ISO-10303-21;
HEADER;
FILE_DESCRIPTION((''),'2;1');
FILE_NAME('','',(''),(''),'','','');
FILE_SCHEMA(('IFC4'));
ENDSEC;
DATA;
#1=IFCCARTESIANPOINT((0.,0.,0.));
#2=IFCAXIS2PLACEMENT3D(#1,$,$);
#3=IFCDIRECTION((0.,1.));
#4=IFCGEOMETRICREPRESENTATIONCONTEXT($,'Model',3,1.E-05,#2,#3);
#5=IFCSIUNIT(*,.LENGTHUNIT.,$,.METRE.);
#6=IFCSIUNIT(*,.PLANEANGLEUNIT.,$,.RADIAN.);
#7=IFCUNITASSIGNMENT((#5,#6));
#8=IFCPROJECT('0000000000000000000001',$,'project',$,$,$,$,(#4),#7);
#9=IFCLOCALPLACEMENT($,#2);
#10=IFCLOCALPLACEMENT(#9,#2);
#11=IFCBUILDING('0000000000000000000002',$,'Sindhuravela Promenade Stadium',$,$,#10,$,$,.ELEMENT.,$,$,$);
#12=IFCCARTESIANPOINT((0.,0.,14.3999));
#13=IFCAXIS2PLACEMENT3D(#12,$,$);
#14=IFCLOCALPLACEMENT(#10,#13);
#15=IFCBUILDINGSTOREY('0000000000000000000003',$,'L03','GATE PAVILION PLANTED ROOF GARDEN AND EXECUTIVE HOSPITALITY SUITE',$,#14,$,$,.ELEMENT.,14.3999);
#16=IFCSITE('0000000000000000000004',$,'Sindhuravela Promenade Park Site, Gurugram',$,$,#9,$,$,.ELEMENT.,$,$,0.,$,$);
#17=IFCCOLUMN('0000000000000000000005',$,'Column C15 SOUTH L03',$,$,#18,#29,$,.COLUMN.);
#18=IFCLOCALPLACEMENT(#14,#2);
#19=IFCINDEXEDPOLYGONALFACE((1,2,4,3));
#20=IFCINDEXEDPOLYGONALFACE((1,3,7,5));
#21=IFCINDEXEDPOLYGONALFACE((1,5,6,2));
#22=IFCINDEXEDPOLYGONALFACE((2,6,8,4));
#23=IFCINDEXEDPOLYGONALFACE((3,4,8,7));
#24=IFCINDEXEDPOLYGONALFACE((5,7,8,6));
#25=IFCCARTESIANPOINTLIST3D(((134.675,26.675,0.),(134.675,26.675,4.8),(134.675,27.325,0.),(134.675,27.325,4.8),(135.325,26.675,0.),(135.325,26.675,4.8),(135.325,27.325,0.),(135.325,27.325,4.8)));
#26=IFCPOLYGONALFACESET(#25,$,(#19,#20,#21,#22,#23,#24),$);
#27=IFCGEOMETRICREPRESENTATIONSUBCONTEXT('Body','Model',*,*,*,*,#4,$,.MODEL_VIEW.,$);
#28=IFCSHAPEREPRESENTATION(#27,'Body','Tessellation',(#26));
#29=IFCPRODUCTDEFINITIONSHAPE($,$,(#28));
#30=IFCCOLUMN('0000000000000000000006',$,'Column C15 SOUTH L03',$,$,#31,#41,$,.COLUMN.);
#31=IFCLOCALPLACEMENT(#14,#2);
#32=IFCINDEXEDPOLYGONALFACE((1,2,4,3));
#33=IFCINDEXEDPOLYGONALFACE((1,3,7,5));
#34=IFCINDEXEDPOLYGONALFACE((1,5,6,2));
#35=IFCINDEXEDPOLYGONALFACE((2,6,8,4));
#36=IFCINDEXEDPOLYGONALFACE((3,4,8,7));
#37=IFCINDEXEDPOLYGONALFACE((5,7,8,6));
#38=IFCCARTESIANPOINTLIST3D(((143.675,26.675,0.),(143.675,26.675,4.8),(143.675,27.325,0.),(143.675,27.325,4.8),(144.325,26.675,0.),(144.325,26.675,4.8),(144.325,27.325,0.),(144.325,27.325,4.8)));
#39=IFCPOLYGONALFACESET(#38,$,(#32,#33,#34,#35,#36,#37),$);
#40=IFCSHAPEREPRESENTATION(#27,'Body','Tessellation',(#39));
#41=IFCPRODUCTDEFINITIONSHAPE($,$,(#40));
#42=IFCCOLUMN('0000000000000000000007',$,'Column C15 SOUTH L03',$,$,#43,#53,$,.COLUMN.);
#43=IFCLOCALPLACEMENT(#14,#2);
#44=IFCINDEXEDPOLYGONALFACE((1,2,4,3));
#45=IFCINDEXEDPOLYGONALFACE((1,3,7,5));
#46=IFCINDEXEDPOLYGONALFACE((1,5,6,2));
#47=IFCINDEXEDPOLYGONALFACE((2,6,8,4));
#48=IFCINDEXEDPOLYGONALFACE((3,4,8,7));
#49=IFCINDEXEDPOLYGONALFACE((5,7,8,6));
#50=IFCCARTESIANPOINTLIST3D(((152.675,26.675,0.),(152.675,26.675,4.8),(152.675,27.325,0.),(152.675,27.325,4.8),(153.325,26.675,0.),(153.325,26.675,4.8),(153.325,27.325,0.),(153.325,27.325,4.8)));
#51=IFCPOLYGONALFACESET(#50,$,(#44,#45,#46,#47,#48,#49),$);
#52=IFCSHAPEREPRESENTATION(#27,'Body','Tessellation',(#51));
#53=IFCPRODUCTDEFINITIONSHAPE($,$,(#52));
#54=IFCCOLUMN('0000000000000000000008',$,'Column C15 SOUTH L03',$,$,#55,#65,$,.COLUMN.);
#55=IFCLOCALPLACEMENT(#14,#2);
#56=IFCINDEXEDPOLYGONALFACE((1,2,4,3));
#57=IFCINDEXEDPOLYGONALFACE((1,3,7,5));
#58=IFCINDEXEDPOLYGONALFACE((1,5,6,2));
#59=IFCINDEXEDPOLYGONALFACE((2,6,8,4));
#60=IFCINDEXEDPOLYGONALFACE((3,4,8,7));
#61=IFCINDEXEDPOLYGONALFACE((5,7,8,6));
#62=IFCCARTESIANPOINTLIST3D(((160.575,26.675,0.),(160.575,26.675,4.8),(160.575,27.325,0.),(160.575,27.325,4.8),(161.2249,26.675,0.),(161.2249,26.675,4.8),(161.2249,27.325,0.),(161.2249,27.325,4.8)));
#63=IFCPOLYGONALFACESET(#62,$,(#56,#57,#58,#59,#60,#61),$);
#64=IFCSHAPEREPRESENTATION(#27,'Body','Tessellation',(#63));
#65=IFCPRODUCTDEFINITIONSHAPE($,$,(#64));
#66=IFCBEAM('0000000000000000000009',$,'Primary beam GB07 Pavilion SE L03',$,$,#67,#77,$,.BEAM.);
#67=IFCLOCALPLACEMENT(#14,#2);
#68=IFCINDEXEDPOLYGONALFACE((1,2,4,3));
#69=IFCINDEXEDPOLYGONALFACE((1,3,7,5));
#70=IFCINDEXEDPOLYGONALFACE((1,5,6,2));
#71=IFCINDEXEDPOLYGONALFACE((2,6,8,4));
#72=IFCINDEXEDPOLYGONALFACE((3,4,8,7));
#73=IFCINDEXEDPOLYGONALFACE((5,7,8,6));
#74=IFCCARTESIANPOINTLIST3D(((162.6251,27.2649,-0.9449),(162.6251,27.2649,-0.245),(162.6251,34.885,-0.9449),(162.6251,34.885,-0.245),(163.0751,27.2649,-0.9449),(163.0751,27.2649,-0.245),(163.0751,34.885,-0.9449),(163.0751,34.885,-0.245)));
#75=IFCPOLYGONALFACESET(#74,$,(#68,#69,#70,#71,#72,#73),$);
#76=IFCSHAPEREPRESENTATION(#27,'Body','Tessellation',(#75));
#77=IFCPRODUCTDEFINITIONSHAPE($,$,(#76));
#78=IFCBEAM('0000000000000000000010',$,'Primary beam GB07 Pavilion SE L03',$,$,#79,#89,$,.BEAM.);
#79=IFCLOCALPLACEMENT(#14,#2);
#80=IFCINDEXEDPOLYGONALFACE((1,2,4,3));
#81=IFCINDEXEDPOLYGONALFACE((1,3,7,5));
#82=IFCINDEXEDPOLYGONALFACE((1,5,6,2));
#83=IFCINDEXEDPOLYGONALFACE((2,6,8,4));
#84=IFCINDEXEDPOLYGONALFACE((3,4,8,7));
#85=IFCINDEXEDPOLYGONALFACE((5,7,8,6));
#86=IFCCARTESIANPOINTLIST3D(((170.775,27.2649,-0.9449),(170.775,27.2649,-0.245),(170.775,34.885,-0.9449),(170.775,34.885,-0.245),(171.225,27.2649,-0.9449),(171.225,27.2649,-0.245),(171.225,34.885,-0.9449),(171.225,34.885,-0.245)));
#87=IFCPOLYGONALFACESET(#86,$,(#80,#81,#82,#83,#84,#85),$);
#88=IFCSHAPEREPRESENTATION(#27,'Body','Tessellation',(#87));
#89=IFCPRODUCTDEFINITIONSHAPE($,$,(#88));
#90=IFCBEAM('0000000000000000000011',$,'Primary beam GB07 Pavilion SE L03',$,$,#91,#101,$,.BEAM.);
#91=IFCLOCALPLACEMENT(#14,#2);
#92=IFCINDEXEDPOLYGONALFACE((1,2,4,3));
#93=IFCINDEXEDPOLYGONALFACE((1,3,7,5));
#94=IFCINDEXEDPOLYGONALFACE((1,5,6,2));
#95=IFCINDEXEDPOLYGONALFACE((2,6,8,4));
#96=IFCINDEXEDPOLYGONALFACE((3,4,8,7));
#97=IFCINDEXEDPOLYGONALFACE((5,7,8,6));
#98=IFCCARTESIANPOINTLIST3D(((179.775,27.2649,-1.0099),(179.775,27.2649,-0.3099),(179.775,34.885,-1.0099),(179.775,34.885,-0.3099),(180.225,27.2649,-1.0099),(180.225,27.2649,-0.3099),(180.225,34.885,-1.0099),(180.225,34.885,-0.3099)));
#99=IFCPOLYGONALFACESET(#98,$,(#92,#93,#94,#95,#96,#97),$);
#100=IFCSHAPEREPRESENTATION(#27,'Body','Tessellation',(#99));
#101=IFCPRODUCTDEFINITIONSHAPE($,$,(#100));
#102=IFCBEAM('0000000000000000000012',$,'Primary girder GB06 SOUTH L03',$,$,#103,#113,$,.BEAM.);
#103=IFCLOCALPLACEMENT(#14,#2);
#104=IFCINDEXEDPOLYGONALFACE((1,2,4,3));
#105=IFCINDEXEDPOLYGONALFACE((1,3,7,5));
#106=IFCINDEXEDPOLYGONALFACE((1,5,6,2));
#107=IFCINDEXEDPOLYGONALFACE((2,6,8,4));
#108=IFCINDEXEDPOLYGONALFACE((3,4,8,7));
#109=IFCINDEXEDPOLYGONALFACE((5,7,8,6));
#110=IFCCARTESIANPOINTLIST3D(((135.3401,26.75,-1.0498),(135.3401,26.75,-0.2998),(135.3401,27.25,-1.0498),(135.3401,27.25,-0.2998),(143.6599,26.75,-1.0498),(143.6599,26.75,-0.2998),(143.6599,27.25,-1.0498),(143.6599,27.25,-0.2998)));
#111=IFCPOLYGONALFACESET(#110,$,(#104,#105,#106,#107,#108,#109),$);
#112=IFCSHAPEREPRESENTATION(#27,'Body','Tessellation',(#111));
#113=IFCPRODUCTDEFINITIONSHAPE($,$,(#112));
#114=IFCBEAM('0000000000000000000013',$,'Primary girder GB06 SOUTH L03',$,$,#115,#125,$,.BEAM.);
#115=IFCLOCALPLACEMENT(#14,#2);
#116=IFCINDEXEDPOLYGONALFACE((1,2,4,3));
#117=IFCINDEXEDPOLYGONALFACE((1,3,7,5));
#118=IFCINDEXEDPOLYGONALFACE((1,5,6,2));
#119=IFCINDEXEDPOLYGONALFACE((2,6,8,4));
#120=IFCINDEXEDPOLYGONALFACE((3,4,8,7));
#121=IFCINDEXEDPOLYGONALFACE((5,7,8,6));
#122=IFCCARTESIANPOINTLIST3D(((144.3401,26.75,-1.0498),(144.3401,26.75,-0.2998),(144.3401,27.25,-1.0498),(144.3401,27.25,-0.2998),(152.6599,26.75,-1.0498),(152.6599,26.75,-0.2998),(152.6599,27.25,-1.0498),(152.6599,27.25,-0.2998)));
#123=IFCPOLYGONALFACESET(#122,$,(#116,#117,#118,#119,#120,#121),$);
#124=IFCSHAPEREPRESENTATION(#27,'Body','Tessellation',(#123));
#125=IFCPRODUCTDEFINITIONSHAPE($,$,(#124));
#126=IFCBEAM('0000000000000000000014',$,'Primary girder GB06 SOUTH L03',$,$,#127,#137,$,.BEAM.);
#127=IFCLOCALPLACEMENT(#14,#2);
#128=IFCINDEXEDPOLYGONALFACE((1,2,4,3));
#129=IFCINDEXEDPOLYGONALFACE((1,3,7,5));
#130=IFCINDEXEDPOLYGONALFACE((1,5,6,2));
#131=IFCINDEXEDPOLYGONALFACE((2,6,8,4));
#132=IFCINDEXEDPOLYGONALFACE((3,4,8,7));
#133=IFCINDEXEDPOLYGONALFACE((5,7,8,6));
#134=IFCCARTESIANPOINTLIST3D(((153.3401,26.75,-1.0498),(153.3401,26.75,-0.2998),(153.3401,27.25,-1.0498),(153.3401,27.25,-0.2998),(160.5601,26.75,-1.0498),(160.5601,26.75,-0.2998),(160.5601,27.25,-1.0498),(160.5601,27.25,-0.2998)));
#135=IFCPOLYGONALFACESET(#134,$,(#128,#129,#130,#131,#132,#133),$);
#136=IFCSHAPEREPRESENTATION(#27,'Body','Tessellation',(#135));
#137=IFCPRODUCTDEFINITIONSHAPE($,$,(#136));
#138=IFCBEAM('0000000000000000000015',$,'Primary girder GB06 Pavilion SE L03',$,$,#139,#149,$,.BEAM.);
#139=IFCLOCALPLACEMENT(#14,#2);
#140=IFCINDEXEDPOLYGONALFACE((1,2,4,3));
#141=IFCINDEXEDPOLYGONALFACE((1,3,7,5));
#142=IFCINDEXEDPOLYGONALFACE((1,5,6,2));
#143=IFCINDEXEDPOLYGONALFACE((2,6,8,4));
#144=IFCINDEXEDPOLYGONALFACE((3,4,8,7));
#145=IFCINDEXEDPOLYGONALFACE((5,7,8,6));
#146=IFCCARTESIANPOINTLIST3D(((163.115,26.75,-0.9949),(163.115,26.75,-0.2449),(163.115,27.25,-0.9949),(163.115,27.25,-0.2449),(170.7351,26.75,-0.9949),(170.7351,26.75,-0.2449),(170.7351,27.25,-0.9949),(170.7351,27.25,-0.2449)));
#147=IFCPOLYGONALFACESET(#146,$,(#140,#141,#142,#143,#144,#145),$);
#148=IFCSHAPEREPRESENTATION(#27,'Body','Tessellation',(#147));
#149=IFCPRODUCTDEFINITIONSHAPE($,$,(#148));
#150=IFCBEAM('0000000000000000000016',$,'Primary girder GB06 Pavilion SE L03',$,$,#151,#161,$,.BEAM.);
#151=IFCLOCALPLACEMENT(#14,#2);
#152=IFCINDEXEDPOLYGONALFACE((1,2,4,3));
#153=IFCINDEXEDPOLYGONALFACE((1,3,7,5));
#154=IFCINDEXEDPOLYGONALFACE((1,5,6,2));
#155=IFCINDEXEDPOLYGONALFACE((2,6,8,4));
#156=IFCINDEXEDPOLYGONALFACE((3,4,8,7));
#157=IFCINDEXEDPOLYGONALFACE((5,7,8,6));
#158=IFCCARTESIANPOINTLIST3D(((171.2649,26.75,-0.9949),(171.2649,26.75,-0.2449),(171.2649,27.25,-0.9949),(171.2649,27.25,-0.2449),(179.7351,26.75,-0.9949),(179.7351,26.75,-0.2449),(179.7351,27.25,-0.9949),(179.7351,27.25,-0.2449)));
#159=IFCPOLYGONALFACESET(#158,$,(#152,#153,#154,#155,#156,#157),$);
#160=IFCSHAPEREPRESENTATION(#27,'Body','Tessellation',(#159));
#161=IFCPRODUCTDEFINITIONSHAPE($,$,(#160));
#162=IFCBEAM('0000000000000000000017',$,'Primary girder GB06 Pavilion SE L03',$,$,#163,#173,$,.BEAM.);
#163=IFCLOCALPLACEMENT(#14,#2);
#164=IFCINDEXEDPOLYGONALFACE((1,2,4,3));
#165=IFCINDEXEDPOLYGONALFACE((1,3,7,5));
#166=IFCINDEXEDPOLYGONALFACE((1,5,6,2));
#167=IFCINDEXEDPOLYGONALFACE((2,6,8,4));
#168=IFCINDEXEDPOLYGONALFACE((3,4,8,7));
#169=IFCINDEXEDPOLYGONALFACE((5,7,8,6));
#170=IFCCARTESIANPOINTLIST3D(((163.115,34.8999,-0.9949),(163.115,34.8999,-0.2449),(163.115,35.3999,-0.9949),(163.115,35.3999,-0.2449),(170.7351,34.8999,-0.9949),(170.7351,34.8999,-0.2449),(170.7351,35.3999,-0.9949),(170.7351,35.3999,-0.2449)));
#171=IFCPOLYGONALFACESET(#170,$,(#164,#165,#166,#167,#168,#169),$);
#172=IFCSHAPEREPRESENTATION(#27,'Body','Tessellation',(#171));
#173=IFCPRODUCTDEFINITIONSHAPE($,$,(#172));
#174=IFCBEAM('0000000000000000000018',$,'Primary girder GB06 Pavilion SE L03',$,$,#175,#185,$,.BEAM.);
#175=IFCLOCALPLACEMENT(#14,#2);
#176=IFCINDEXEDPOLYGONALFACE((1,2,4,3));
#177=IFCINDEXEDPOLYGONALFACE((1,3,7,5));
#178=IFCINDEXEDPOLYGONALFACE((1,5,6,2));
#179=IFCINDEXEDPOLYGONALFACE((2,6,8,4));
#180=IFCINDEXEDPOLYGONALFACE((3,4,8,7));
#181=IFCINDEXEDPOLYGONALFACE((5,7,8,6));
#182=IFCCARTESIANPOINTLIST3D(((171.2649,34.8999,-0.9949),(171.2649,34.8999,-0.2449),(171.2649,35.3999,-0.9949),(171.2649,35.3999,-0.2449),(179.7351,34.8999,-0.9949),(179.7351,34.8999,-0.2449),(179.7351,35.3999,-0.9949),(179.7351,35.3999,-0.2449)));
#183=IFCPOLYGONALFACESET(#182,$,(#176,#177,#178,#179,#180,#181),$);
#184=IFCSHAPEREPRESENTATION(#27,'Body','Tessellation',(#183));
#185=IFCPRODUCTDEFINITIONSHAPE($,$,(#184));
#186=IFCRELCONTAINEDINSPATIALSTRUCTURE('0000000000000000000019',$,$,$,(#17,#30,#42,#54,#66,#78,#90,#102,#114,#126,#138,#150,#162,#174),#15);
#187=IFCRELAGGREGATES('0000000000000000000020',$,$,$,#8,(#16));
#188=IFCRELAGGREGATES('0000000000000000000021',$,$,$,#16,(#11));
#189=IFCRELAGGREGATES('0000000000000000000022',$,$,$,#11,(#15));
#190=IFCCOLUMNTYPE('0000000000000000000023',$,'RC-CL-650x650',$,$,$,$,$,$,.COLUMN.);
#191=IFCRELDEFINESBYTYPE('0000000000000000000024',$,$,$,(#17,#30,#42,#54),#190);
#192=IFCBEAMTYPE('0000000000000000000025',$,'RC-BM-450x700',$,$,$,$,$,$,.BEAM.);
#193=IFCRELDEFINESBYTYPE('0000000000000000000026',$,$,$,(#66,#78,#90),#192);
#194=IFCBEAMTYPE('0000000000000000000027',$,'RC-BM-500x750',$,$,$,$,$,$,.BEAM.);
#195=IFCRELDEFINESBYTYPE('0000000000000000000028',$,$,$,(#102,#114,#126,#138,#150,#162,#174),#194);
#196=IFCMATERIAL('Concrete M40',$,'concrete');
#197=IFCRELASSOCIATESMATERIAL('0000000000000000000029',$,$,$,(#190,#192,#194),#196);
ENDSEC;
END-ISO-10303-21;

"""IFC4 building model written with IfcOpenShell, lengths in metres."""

from ifc_helpers import new_model, si_unit, direction, frame, origin, origin_2d, place, context, subcontext, project, spatial, rectangle, extrude, material, material_profile, profile_set, type_object, element, save


model = new_model("IFC4")

# Units and contexts
model_context = context("Model", 3, precision=1e-05, world=origin(), true_north=direction((0.0, 1.0)))
body_context = subcontext(model_context, "Body", "Model", "MODEL_VIEW")
ifc_project = project(units=[si_unit("LENGTHUNIT", "METRE"), si_unit("PLANEANGLEUNIT", "RADIAN")], contexts=[model_context])

# Site, building, storey
site_placement = place(None, origin())
site = spatial("IfcSite", under=ifc_project, at=site_placement, Name="Sindhuravela Promenade Park Site, Gurugram", CompositionType="ELEMENT", RefElevation=0.0)
building_placement = place(site_placement, origin())
building = spatial("IfcBuilding", under=site, at=building_placement, Name="Sindhuravela Promenade Stadium", CompositionType="ELEMENT")
storey_placement = place(building_placement, frame((0.0, 0.0, 14.3999)))
storey = spatial("IfcBuildingStorey", under=building, at=storey_placement, Name="L03", Description="GATE PAVILION PLANTED ROOF GARDEN AND EXECUTIVE HOSPITALITY SUITE", CompositionType="ELEMENT", Elevation=14.3999)

# Columns
ifc_material_1 = material(Name="Concrete M40", Category="concrete")
ifc_material_profile_1 = material_profile(ifc_material_1, rectangle(XDim=0.6499, YDim=0.6499, at=origin_2d()), Name="RC 650x650")
ifc_profile_set_1 = profile_set([ifc_material_profile_1], Name="Concrete M40")
column_type = type_object("IfcColumnType", Name="RC-CL-650x650", PredefinedType="COLUMN", material=ifc_profile_set_1)
for number, where, z_axis, x_axis, name in (
    (1, (135.0, 27.0, 0.0), (0.0, 0.0, 1.0), (1.0, 0.0, 0.0), "Column C15 SOUTH L03"),
    (2, (144.0, 27.0, 0.0), (0.0, 0.0, 1.0), (1.0, 0.0, 0.0), "Column C15 SOUTH L03"),
    (3, (153.0, 27.0, 0.0), (0.0, 0.0, 1.0), (1.0, 0.0, 0.0), "Column C15 SOUTH L03"),
    (4, (160.8999, 27.0, 0.0), (0.0, 0.0, 1.0), (1.0, 0.0, 0.0), "Column C15 SOUTH L03"),
):
    element("IfcColumn", number, at=place(storey_placement, frame(where, z_axis=z_axis, x_axis=x_axis)), inside=storey, type_object=column_type, Name=name, PredefinedType="COLUMN", context=body_context, shape_type="SweptSolid", body=[
        extrude(rectangle(XDim=0.6499, YDim=0.6499, at=origin_2d()), origin(), (0.0, 0.0, 1.0), 4.8),
    ])

# Beams
ifc_material_profile_2 = material_profile(ifc_material_1, rectangle(XDim=0.45, YDim=0.7, at=origin_2d()), Name="RC 450x700")
ifc_profile_set_2 = profile_set([ifc_material_profile_2], Name="Concrete M40")
beam_type_1 = type_object("IfcBeamType", Name="RC-BM-450x700", PredefinedType="BEAM", material=ifc_profile_set_2)
for number, where, z_axis, x_axis, name in (
    (5, (162.8501, 27.2649, -0.595), (0.0, 1.0, 0.0), (-1.0, 0.0, 0.0), "Primary beam GB07 Pavilion SE L03"),
    (6, (171.0, 27.2649, -0.595), (0.0, 1.0, 0.0), (-1.0, 0.0, 0.0), "Primary beam GB07 Pavilion SE L03"),
    (7, (180.0, 27.2649, -0.6599), (0.0, 1.0, 0.0), (-1.0, 0.0, 0.0), "Primary beam GB07 Pavilion SE L03"),
):
    element("IfcBeam", number, at=place(storey_placement, frame(where, z_axis=z_axis, x_axis=x_axis)), inside=storey, type_object=beam_type_1, Name=name, PredefinedType="BEAM", context=body_context, shape_type="SweptSolid", body=[
        extrude(rectangle(XDim=0.45, YDim=0.7, at=origin_2d()), origin(), (0.0, 0.0, 1.0), 7.6201),
    ])
ifc_material_profile_3 = material_profile(ifc_material_1, rectangle(XDim=0.5, YDim=0.75, at=origin_2d()), Name="RC 500x750")
ifc_profile_set_3 = profile_set([ifc_material_profile_3], Name="Concrete M40")
beam_type_2 = type_object("IfcBeamType", Name="RC-BM-500x750", PredefinedType="BEAM", material=ifc_profile_set_3)
for number, where, z_axis, x_axis, name in (
    (8, (135.3401, 27.0, -0.6748), (1.0, 0.0, 0.0), (0.0, 1.0, 0.0), "Primary girder GB06 SOUTH L03"),
    (9, (144.3401, 27.0, -0.6748), (1.0, 0.0, 0.0), (0.0, 1.0, 0.0), "Primary girder GB06 SOUTH L03"),
):
    element("IfcBeam", number, at=place(storey_placement, frame(where, z_axis=z_axis, x_axis=x_axis)), inside=storey, type_object=beam_type_2, Name=name, PredefinedType="BEAM", context=body_context, shape_type="SweptSolid", body=[
        extrude(rectangle(XDim=0.5, YDim=0.75, at=origin_2d()), origin(), (0.0, 0.0, 1.0), 8.3198),
    ])
beam_1_placement = place(storey_placement, frame((153.3401, 27.0, -0.6748), z_axis=(1.0, 0.0, 0.0), x_axis=(0.0, 1.0, 0.0)))
element("IfcBeam", 10, at=beam_1_placement, inside=storey, type_object=beam_type_2, Name="Primary girder GB06 SOUTH L03", PredefinedType="BEAM", context=body_context, shape_type="SweptSolid", body=[
    extrude(rectangle(XDim=0.5, YDim=0.75, at=origin_2d()), origin(), (0.0, 0.0, 1.0), 7.22),
])
beam_2_placement = place(storey_placement, frame((163.115, 27.0, -0.6199), z_axis=(1.0, 0.0, 0.0), x_axis=(0.0, 1.0, 0.0)))
element("IfcBeam", 11, at=beam_2_placement, inside=storey, type_object=beam_type_2, Name="Primary girder GB06 Pavilion SE L03", PredefinedType="BEAM", context=body_context, shape_type="SweptSolid", body=[
    extrude(rectangle(XDim=0.5, YDim=0.75, at=origin_2d()), origin(), (0.0, 0.0, 1.0), 7.6201),
])
beam_3_placement = place(storey_placement, frame((171.2649, 27.0, -0.6199), z_axis=(1.0, 0.0, 0.0), x_axis=(0.0, 1.0, 0.0)))
element("IfcBeam", 12, at=beam_3_placement, inside=storey, type_object=beam_type_2, Name="Primary girder GB06 Pavilion SE L03", PredefinedType="BEAM", context=body_context, shape_type="SweptSolid", body=[
    extrude(rectangle(XDim=0.5, YDim=0.75, at=origin_2d()), origin(), (0.0, 0.0, 1.0), 8.4702),
])
beam_4_placement = place(storey_placement, frame((163.115, 35.1499, -0.6199), z_axis=(1.0, 0.0, 0.0), x_axis=(0.0, 1.0, 0.0)))
element("IfcBeam", 13, at=beam_4_placement, inside=storey, type_object=beam_type_2, Name="Primary girder GB06 Pavilion SE L03", PredefinedType="BEAM", context=body_context, shape_type="SweptSolid", body=[
    extrude(rectangle(XDim=0.5, YDim=0.75, at=origin_2d()), origin(), (0.0, 0.0, 1.0), 7.6201),
])
beam_5_placement = place(storey_placement, frame((171.2649, 35.1499, -0.6199), z_axis=(1.0, 0.0, 0.0), x_axis=(0.0, 1.0, 0.0)))
element("IfcBeam", 14, at=beam_5_placement, inside=storey, type_object=beam_type_2, Name="Primary girder GB06 Pavilion SE L03", PredefinedType="BEAM", context=body_context, shape_type="SweptSolid", body=[
    extrude(rectangle(XDim=0.5, YDim=0.75, at=origin_2d()), origin(), (0.0, 0.0, 1.0), 8.4702),
])

save(model, "model.ifc")
